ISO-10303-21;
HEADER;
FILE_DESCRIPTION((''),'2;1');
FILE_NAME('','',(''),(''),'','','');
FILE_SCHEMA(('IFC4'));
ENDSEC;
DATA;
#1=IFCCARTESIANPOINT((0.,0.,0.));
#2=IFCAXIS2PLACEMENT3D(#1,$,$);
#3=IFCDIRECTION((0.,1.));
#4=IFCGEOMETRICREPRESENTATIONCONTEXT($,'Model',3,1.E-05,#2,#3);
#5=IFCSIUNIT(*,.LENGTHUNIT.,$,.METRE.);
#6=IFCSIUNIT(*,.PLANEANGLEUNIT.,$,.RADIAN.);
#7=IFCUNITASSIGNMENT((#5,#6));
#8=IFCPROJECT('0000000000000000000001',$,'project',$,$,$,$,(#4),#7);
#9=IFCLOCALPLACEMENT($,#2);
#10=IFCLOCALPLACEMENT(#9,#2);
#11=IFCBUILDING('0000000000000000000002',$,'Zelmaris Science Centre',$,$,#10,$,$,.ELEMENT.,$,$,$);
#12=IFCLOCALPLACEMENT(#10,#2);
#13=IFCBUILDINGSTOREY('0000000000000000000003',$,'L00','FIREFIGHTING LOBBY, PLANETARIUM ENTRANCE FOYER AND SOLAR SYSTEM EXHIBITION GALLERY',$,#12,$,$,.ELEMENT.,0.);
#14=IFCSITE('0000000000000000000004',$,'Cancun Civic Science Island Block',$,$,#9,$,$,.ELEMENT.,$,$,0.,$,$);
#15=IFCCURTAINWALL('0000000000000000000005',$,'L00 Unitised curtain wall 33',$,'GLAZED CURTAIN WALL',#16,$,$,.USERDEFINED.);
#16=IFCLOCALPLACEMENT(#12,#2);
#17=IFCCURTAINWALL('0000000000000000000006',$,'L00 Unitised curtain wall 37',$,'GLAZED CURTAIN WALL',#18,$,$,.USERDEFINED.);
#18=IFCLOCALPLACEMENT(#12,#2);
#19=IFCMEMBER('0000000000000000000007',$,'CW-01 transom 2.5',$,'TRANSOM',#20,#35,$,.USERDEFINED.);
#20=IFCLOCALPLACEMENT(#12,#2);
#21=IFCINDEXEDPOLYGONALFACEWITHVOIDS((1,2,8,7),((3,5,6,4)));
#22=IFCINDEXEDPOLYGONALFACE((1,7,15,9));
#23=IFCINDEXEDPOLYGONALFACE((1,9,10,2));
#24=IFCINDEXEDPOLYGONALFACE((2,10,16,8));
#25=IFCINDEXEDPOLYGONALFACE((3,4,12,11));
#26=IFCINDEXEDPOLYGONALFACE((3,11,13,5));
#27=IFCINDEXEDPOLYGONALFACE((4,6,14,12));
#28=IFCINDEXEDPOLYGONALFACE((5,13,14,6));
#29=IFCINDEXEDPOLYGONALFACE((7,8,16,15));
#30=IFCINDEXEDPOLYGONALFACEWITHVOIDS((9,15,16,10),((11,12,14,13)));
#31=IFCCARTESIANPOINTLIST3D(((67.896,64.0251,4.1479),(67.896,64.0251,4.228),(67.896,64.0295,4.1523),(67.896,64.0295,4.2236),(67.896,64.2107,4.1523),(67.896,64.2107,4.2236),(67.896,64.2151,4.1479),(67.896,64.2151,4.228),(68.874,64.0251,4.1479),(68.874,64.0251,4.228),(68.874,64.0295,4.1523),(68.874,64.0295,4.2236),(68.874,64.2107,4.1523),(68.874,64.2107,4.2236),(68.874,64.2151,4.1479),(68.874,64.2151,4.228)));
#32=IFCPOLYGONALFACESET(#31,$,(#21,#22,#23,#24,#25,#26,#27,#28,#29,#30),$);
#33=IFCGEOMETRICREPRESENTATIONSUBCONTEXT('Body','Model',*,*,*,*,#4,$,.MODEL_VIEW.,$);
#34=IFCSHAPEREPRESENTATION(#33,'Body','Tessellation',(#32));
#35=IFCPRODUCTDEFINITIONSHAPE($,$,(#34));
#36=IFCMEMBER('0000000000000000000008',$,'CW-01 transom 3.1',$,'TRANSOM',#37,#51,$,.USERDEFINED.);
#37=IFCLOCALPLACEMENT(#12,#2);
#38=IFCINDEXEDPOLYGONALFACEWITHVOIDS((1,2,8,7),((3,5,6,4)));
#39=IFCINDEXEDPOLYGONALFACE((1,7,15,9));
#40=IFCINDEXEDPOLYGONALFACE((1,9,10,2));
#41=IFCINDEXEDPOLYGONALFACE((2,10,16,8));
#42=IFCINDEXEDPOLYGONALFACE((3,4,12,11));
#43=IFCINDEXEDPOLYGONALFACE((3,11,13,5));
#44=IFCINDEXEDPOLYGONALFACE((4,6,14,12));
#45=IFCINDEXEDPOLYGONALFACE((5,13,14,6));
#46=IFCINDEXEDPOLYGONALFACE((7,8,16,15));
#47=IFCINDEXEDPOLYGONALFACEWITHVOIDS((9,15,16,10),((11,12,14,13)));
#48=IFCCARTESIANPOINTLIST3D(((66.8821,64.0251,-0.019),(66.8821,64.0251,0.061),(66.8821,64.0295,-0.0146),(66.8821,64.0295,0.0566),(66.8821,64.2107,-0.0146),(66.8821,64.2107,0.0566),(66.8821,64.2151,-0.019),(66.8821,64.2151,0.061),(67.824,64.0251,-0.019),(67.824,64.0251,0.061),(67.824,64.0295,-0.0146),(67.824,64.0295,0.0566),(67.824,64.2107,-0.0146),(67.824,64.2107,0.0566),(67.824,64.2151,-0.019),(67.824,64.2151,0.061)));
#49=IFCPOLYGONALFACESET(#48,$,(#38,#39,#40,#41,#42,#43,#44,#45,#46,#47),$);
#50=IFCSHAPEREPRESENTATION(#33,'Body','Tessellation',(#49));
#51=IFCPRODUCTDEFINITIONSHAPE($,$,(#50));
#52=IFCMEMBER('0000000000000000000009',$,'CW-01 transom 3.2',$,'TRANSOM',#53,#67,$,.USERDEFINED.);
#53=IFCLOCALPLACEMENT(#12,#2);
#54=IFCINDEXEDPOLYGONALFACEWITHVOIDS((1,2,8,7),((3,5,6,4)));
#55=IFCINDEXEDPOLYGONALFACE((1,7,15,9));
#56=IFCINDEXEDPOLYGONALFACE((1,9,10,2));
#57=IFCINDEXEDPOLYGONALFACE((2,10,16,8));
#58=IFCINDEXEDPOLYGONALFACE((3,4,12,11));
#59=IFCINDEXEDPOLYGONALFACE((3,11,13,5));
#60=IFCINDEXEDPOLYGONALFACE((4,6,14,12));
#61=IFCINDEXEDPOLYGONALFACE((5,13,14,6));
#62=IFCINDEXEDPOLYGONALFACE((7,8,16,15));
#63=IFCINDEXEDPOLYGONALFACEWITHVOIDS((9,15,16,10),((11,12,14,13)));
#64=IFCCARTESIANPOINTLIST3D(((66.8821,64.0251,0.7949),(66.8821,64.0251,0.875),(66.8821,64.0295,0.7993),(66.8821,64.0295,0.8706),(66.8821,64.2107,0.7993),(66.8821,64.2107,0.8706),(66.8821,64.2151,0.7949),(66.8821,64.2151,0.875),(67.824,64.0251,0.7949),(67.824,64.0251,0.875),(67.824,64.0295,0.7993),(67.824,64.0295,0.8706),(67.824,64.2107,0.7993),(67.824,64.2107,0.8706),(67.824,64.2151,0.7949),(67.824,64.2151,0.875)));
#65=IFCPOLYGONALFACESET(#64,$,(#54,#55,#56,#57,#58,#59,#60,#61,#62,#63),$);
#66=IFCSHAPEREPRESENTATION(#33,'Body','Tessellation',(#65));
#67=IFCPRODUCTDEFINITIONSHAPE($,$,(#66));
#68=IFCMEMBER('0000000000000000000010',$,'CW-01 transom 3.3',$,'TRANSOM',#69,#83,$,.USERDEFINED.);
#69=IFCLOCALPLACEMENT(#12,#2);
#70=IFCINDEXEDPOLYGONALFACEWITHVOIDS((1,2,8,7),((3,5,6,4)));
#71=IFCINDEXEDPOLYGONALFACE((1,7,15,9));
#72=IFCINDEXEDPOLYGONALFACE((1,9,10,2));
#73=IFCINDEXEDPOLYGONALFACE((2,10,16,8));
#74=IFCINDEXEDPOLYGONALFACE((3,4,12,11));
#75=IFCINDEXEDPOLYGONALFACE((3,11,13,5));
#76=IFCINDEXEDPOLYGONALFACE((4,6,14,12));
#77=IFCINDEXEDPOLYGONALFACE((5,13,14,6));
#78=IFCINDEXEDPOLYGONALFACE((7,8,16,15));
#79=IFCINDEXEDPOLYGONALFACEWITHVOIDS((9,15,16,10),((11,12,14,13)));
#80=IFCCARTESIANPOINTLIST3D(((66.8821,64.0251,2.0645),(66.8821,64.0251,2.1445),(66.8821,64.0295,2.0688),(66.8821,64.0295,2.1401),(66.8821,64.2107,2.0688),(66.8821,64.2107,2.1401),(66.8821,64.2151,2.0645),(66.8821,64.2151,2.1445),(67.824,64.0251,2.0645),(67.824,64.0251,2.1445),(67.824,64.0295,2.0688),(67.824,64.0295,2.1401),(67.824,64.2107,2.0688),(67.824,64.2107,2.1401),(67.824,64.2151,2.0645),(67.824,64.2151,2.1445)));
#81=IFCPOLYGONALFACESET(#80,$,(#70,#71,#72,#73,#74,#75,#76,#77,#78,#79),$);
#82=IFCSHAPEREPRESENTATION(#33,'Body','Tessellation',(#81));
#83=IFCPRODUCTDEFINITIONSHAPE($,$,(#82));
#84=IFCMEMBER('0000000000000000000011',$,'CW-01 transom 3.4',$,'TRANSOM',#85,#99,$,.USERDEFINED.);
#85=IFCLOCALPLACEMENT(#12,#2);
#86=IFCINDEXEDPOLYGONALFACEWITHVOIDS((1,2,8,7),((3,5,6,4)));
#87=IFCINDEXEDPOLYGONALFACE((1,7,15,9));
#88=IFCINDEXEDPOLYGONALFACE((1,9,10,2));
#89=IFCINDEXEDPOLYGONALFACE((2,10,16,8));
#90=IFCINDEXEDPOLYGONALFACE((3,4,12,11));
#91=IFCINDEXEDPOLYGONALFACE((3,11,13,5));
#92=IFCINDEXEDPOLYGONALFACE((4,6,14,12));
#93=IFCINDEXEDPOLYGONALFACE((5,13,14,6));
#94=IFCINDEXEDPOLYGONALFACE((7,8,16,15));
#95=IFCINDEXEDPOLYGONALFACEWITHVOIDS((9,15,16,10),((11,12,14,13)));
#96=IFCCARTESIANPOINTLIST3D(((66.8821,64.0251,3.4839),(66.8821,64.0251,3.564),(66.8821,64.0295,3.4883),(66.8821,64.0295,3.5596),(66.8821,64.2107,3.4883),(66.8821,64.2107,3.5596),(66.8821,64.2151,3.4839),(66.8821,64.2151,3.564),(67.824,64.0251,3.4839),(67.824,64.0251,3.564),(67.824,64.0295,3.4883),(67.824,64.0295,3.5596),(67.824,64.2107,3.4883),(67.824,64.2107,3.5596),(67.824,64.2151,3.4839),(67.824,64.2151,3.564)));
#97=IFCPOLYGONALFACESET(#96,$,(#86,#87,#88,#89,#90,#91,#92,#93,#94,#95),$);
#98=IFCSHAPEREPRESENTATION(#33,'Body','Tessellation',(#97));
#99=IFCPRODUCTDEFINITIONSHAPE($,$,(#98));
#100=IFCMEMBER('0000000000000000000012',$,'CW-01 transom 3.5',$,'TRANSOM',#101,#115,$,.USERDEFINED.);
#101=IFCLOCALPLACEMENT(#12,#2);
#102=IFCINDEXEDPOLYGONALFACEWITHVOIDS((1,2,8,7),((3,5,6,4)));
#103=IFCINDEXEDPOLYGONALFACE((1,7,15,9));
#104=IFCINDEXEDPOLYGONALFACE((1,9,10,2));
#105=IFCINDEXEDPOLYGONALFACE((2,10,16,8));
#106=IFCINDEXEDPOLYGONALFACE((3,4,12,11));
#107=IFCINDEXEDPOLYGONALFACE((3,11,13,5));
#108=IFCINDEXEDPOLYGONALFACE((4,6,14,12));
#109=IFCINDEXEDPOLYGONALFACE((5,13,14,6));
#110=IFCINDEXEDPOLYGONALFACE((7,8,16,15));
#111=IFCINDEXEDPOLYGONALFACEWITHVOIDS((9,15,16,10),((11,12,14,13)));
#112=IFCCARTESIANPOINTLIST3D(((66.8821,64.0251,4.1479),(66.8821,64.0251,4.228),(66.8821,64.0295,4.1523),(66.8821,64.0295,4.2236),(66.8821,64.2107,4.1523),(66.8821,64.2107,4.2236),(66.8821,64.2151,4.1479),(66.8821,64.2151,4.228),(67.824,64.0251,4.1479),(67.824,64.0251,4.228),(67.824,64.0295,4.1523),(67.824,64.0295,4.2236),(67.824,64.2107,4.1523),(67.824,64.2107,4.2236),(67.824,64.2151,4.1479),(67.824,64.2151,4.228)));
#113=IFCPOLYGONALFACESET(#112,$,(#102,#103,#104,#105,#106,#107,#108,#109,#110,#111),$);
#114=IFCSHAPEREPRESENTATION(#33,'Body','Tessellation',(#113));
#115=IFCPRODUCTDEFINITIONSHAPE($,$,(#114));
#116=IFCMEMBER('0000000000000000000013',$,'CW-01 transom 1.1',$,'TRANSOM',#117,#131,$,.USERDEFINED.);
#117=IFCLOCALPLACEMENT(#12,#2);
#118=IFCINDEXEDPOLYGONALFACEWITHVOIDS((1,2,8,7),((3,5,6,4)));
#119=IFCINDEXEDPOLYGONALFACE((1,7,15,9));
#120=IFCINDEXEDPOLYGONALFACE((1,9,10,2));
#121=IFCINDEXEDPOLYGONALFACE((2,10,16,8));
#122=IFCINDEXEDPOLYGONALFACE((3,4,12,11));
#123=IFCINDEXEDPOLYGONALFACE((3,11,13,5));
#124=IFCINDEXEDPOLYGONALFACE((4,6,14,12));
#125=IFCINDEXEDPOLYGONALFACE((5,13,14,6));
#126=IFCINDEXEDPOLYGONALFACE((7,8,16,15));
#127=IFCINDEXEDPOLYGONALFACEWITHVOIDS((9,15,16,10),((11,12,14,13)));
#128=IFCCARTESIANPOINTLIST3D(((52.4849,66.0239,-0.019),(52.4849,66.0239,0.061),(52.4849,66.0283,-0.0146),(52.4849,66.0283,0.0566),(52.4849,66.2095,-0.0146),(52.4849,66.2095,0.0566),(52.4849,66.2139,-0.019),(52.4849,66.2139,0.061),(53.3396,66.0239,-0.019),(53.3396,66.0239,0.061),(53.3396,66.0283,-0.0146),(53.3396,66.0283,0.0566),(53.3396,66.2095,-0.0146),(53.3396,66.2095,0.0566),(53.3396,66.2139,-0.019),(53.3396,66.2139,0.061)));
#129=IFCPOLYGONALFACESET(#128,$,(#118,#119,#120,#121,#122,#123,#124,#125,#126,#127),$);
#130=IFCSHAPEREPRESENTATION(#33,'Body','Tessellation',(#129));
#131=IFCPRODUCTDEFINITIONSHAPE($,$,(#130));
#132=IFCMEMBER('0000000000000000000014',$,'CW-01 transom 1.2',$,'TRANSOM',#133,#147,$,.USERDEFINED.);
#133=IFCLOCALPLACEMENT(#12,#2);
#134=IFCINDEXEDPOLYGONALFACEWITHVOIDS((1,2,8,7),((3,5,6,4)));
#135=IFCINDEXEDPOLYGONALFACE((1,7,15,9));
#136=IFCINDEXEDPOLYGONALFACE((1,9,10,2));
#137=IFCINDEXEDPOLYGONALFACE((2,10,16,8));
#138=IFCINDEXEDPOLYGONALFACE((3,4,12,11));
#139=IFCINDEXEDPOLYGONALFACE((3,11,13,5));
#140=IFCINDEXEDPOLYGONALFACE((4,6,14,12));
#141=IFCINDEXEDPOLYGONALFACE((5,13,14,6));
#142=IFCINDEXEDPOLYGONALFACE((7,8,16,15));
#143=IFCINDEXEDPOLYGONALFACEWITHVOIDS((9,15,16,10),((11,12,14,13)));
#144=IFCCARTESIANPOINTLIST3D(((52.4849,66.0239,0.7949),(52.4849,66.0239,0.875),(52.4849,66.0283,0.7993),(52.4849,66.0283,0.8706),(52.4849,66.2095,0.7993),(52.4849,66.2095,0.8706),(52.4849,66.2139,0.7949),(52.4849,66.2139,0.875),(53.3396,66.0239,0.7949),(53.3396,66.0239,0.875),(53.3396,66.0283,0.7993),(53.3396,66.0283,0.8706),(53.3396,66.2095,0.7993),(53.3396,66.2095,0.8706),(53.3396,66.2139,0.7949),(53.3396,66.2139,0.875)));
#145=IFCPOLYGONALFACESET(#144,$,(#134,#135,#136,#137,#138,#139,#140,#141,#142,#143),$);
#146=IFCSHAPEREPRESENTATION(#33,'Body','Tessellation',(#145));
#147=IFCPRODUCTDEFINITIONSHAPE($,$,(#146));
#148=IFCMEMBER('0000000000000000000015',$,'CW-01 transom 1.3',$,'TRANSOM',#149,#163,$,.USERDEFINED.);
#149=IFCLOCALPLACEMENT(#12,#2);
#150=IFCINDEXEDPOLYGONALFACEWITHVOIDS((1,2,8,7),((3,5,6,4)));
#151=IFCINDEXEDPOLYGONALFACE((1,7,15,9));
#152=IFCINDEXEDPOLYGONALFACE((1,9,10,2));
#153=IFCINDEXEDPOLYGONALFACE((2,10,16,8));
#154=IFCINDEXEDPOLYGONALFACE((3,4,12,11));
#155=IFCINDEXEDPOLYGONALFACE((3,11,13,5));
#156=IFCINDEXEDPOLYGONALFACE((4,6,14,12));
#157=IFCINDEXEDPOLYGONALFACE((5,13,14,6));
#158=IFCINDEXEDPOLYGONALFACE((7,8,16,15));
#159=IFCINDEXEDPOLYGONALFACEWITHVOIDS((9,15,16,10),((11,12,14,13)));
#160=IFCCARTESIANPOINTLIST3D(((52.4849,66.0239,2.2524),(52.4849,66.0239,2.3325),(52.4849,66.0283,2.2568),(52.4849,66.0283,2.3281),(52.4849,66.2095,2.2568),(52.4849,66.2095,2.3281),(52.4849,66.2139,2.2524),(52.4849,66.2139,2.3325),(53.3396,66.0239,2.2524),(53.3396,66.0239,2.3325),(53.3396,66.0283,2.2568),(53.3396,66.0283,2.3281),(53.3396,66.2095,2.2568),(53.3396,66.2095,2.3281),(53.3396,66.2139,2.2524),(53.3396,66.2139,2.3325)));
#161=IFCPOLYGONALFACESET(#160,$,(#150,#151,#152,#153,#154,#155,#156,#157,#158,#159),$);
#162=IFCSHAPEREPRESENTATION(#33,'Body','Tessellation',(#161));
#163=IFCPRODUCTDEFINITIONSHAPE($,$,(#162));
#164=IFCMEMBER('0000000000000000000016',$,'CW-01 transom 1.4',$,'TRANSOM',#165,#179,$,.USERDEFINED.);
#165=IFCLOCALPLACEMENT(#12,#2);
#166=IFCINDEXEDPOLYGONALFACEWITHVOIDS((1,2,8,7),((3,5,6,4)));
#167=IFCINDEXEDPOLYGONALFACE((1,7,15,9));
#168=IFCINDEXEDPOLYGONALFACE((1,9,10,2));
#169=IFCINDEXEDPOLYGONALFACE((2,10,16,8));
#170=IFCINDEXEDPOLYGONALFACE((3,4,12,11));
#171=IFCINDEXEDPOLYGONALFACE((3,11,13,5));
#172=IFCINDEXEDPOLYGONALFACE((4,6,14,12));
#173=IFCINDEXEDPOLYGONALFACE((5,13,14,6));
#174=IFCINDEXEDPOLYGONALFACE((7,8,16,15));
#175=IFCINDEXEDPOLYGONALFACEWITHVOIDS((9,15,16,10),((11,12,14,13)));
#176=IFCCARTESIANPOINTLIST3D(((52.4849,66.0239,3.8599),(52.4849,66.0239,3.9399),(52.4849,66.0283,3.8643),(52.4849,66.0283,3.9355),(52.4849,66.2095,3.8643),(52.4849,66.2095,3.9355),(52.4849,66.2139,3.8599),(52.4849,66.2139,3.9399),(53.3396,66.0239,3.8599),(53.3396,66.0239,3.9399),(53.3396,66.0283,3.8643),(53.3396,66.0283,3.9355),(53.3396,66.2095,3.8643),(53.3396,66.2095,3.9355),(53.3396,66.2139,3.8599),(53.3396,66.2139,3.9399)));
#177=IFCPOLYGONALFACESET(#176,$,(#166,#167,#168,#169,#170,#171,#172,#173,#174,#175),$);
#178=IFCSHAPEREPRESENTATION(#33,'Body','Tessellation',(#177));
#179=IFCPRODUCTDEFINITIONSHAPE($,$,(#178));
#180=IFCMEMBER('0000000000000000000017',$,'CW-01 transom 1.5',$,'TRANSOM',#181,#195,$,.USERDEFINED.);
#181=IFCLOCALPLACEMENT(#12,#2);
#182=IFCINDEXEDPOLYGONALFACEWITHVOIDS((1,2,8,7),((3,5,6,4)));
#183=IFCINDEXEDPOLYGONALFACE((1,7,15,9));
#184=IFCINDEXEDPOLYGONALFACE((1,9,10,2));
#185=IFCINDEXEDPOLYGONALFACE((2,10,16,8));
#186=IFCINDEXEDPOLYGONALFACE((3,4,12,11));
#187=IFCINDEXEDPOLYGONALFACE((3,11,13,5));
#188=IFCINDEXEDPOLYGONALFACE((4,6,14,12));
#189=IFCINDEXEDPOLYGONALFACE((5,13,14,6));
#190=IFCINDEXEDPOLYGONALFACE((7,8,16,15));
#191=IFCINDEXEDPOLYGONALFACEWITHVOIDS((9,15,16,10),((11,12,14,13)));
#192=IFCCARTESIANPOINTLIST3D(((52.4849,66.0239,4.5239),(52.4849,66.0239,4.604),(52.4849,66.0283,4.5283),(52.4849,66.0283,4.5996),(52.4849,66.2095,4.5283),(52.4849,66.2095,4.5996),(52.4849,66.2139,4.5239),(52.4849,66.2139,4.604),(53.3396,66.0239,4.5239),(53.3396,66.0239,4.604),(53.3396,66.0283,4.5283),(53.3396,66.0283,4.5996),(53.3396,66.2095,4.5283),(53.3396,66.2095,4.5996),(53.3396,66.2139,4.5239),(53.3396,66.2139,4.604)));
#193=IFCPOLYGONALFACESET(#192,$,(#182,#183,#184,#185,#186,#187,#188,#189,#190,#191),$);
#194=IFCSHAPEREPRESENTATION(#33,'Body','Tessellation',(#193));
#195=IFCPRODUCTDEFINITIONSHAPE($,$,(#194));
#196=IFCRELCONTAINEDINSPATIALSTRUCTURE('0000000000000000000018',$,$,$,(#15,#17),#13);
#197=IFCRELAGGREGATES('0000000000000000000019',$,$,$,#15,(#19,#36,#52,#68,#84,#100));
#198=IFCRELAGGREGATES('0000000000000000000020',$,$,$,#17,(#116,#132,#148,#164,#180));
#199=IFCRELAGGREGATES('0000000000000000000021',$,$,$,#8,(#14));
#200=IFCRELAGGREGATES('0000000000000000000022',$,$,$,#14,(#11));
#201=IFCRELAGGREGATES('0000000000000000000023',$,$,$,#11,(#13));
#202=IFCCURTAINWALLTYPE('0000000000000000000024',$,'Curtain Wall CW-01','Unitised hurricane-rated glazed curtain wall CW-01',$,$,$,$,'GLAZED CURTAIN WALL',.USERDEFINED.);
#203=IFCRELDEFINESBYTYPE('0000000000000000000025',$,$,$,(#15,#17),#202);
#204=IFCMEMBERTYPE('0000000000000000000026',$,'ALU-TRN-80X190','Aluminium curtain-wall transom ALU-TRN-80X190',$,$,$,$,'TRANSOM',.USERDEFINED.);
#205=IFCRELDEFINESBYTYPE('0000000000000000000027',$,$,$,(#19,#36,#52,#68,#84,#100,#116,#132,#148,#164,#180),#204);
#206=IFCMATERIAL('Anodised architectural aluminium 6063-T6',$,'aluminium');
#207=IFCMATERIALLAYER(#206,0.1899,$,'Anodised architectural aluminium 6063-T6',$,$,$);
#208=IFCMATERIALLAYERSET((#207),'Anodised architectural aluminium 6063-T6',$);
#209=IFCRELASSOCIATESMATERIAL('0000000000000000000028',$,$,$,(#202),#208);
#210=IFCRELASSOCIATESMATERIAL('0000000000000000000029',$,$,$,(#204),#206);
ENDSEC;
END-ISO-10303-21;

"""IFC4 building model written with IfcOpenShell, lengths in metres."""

from ifc_helpers import new_model, si_unit, direction, frame, origin, origin_2d, place, context, subcontext, project, spatial, hollow_rectangle, extrude, material, layer, layer_set, material_profile, profile_set, type_object, element, aggregate, save


model = new_model("IFC4")

# Units and contexts
model_context = context("Model", 3, precision=1e-05, world=origin(), true_north=direction((0.0, 1.0)))
body_context = subcontext(model_context, "Body", "Model", "MODEL_VIEW")
ifc_project = project(units=[si_unit("LENGTHUNIT", "METRE"), si_unit("PLANEANGLEUNIT", "RADIAN")], contexts=[model_context])

# Site, building, storey
site_placement = place(None, origin())
site = spatial("IfcSite", under=ifc_project, at=site_placement, Name="Cancun Civic Science Island Block", CompositionType="ELEMENT", RefElevation=0.0)
building_placement = place(site_placement, origin())
building = spatial("IfcBuilding", under=site, at=building_placement, Name="Zelmaris Science Centre", CompositionType="ELEMENT")
storey_placement = place(building_placement, origin())
storey = spatial("IfcBuildingStorey", under=building, at=storey_placement, Name="L00", Description="FIREFIGHTING LOBBY, PLANETARIUM ENTRANCE FOYER AND SOLAR SYSTEM EXHIBITION GALLERY", CompositionType="ELEMENT", Elevation=0.0)

# Curtain walls
ifc_material_1 = material(Name="Anodised architectural aluminium 6063-T6", Category="aluminium")
ifc_layer_1 = layer(ifc_material_1, 0.1899, Name="Anodised architectural aluminium 6063-T6")
ifc_layer_set_1 = layer_set([ifc_layer_1], Name="Anodised architectural aluminium 6063-T6")
curtain_wall_type = type_object("IfcCurtainWallType", Name="Curtain Wall CW-01", Description="Unitised hurricane-rated glazed curtain wall CW-01", ElementType="GLAZED CURTAIN WALL", PredefinedType="USERDEFINED", material=ifc_layer_set_1)
curtain_wall_1_placement = place(storey_placement, origin())
curtain_wall_1 = element("IfcCurtainWall", 1, at=curtain_wall_1_placement, inside=storey, type_object=curtain_wall_type, Name="L00 Unitised curtain wall 33", ObjectType="GLAZED CURTAIN WALL", PredefinedType="USERDEFINED")
curtain_wall_2_placement = place(storey_placement, origin())
curtain_wall_2 = element("IfcCurtainWall", 2, at=curtain_wall_2_placement, inside=storey, type_object=curtain_wall_type, Name="L00 Unitised curtain wall 37", ObjectType="GLAZED CURTAIN WALL", PredefinedType="USERDEFINED")

# Members
ifc_material_profile_1 = material_profile(ifc_material_1, hollow_rectangle(XDim=0.0801, YDim=0.1899, WallThickness=0.0044, at=origin_2d()), Name="ALU-TRN-80X190")
ifc_profile_set_1 = profile_set([ifc_material_profile_1], Name="Anodised architectural aluminium 6063-T6")
member_type_1 = type_object("IfcMemberType", Name="ALU-TRN-80X190", Description="Aluminium curtain-wall transom ALU-TRN-80X190", ElementType="TRANSOM", PredefinedType="USERDEFINED", material=ifc_profile_set_1)
member_1_placement = place(storey_placement, frame((68.874, 64.1201, 4.188), z_axis=(-1.0, 0.0, 0.0), x_axis=(0.0, 0.0, 1.0)))
member_1 = element("IfcMember", 3, at=member_1_placement, type_object=member_type_1, Name="CW-01 transom 2.5", ObjectType="TRANSOM", PredefinedType="USERDEFINED", context=body_context, shape_type="SweptSolid", body=[
    extrude(hollow_rectangle(XDim=0.0801, YDim=0.1899, WallThickness=0.0044, at=origin_2d()), origin(), (0.0, 0.0, 1.0), 0.978),
])
member_2_placement = place(storey_placement, frame((67.824, 64.1201, 0.021), z_axis=(-1.0, 0.0, 0.0), x_axis=(0.0, 0.0, 1.0)))
member_2 = element("IfcMember", 4, at=member_2_placement, type_object=member_type_1, Name="CW-01 transom 3.1", ObjectType="TRANSOM", PredefinedType="USERDEFINED", context=body_context, shape_type="SweptSolid", body=[
    extrude(hollow_rectangle(XDim=0.0801, YDim=0.1899, WallThickness=0.0044, at=origin_2d()), origin(), (0.0, 0.0, 1.0), 0.9419),
])
member_3_placement = place(storey_placement, frame((67.824, 64.1201, 0.835), z_axis=(-1.0, 0.0, 0.0), x_axis=(0.0, 0.0, 1.0)))
member_3 = element("IfcMember", 5, at=member_3_placement, type_object=member_type_1, Name="CW-01 transom 3.2", ObjectType="TRANSOM", PredefinedType="USERDEFINED", context=body_context, shape_type="SweptSolid", body=[
    extrude(hollow_rectangle(XDim=0.0801, YDim=0.1899, WallThickness=0.0044, at=origin_2d()), origin(), (0.0, 0.0, 1.0), 0.9419),
])
member_4_placement = place(storey_placement, frame((67.824, 64.1201, 2.1045), z_axis=(-1.0, 0.0, 0.0), x_axis=(0.0, 0.0, 1.0)))
member_4 = element("IfcMember", 6, at=member_4_placement, type_object=member_type_1, Name="CW-01 transom 3.3", ObjectType="TRANSOM", PredefinedType="USERDEFINED", context=body_context, shape_type="SweptSolid", body=[
    extrude(hollow_rectangle(XDim=0.0801, YDim=0.1899, WallThickness=0.0044, at=origin_2d()), origin(), (0.0, 0.0, 1.0), 0.9419),
])
member_5_placement = place(storey_placement, frame((67.824, 64.1201, 3.5239), z_axis=(-1.0, 0.0, 0.0), x_axis=(0.0, 0.0, 1.0)))
member_5 = element("IfcMember", 7, at=member_5_placement, type_object=member_type_1, Name="CW-01 transom 3.4", ObjectType="TRANSOM", PredefinedType="USERDEFINED", context=body_context, shape_type="SweptSolid", body=[
    extrude(hollow_rectangle(XDim=0.0801, YDim=0.1899, WallThickness=0.0044, at=origin_2d()), origin(), (0.0, 0.0, 1.0), 0.9419),
])
member_6_placement = place(storey_placement, frame((67.824, 64.1201, 4.188), z_axis=(-1.0, 0.0, 0.0), x_axis=(0.0, 0.0, 1.0)))
member_6 = element("IfcMember", 8, at=member_6_placement, type_object=member_type_1, Name="CW-01 transom 3.5", ObjectType="TRANSOM", PredefinedType="USERDEFINED", context=body_context, shape_type="SweptSolid", body=[
    extrude(hollow_rectangle(XDim=0.0801, YDim=0.1899, WallThickness=0.0044, at=origin_2d()), origin(), (0.0, 0.0, 1.0), 0.9419),
])
member_7_placement = place(storey_placement, frame((53.3396, 66.1189, 0.021), z_axis=(-1.0, 0.0, 0.0), x_axis=(0.0, 0.0, 1.0)))
member_7 = element("IfcMember", 9, at=member_7_placement, type_object=member_type_1, Name="CW-01 transom 1.1", ObjectType="TRANSOM", PredefinedType="USERDEFINED", context=body_context, shape_type="SweptSolid", body=[
    extrude(hollow_rectangle(XDim=0.0801, YDim=0.1899, WallThickness=0.0044, at=origin_2d()), origin(), (0.0, 0.0, 1.0), 0.8547),
])
member_8_placement = place(storey_placement, frame((53.3396, 66.1189, 0.835), z_axis=(-1.0, 0.0, 0.0), x_axis=(0.0, 0.0, 1.0)))
member_8 = element("IfcMember", 10, at=member_8_placement, type_object=member_type_1, Name="CW-01 transom 1.2", ObjectType="TRANSOM", PredefinedType="USERDEFINED", context=body_context, shape_type="SweptSolid", body=[
    extrude(hollow_rectangle(XDim=0.0801, YDim=0.1899, WallThickness=0.0044, at=origin_2d()), origin(), (0.0, 0.0, 1.0), 0.8547),
])
member_9_placement = place(storey_placement, frame((53.3396, 66.1189, 2.2925), z_axis=(-1.0, 0.0, 0.0), x_axis=(0.0, 0.0, 1.0)))
member_9 = element("IfcMember", 11, at=member_9_placement, type_object=member_type_1, Name="CW-01 transom 1.3", ObjectType="TRANSOM", PredefinedType="USERDEFINED", context=body_context, shape_type="SweptSolid", body=[
    extrude(hollow_rectangle(XDim=0.0801, YDim=0.1899, WallThickness=0.0044, at=origin_2d()), origin(), (0.0, 0.0, 1.0), 0.8547),
])
member_10_placement = place(storey_placement, frame((53.3396, 66.1189, 3.8999), z_axis=(-1.0, 0.0, 0.0), x_axis=(0.0, 0.0, 1.0)))
member_10 = element("IfcMember", 12, at=member_10_placement, type_object=member_type_1, Name="CW-01 transom 1.4", ObjectType="TRANSOM", PredefinedType="USERDEFINED", context=body_context, shape_type="SweptSolid", body=[
    extrude(hollow_rectangle(XDim=0.0801, YDim=0.1899, WallThickness=0.0044, at=origin_2d()), origin(), (0.0, 0.0, 1.0), 0.8547),
])
member_11_placement = place(storey_placement, frame((53.3396, 66.1189, 4.564), z_axis=(-1.0, 0.0, 0.0), x_axis=(0.0, 0.0, 1.0)))
member_11 = element("IfcMember", 13, at=member_11_placement, type_object=member_type_1, Name="CW-01 transom 1.5", ObjectType="TRANSOM", PredefinedType="USERDEFINED", context=body_context, shape_type="SweptSolid", body=[
    extrude(hollow_rectangle(XDim=0.0801, YDim=0.1899, WallThickness=0.0044, at=origin_2d()), origin(), (0.0, 0.0, 1.0), 0.8547),
])

aggregate(curtain_wall_1, [member_1, member_2, member_3, member_4, member_5, member_6])
aggregate(curtain_wall_2, [member_7, member_8, member_9, member_10, member_11])

save(model, "model.ifc")
